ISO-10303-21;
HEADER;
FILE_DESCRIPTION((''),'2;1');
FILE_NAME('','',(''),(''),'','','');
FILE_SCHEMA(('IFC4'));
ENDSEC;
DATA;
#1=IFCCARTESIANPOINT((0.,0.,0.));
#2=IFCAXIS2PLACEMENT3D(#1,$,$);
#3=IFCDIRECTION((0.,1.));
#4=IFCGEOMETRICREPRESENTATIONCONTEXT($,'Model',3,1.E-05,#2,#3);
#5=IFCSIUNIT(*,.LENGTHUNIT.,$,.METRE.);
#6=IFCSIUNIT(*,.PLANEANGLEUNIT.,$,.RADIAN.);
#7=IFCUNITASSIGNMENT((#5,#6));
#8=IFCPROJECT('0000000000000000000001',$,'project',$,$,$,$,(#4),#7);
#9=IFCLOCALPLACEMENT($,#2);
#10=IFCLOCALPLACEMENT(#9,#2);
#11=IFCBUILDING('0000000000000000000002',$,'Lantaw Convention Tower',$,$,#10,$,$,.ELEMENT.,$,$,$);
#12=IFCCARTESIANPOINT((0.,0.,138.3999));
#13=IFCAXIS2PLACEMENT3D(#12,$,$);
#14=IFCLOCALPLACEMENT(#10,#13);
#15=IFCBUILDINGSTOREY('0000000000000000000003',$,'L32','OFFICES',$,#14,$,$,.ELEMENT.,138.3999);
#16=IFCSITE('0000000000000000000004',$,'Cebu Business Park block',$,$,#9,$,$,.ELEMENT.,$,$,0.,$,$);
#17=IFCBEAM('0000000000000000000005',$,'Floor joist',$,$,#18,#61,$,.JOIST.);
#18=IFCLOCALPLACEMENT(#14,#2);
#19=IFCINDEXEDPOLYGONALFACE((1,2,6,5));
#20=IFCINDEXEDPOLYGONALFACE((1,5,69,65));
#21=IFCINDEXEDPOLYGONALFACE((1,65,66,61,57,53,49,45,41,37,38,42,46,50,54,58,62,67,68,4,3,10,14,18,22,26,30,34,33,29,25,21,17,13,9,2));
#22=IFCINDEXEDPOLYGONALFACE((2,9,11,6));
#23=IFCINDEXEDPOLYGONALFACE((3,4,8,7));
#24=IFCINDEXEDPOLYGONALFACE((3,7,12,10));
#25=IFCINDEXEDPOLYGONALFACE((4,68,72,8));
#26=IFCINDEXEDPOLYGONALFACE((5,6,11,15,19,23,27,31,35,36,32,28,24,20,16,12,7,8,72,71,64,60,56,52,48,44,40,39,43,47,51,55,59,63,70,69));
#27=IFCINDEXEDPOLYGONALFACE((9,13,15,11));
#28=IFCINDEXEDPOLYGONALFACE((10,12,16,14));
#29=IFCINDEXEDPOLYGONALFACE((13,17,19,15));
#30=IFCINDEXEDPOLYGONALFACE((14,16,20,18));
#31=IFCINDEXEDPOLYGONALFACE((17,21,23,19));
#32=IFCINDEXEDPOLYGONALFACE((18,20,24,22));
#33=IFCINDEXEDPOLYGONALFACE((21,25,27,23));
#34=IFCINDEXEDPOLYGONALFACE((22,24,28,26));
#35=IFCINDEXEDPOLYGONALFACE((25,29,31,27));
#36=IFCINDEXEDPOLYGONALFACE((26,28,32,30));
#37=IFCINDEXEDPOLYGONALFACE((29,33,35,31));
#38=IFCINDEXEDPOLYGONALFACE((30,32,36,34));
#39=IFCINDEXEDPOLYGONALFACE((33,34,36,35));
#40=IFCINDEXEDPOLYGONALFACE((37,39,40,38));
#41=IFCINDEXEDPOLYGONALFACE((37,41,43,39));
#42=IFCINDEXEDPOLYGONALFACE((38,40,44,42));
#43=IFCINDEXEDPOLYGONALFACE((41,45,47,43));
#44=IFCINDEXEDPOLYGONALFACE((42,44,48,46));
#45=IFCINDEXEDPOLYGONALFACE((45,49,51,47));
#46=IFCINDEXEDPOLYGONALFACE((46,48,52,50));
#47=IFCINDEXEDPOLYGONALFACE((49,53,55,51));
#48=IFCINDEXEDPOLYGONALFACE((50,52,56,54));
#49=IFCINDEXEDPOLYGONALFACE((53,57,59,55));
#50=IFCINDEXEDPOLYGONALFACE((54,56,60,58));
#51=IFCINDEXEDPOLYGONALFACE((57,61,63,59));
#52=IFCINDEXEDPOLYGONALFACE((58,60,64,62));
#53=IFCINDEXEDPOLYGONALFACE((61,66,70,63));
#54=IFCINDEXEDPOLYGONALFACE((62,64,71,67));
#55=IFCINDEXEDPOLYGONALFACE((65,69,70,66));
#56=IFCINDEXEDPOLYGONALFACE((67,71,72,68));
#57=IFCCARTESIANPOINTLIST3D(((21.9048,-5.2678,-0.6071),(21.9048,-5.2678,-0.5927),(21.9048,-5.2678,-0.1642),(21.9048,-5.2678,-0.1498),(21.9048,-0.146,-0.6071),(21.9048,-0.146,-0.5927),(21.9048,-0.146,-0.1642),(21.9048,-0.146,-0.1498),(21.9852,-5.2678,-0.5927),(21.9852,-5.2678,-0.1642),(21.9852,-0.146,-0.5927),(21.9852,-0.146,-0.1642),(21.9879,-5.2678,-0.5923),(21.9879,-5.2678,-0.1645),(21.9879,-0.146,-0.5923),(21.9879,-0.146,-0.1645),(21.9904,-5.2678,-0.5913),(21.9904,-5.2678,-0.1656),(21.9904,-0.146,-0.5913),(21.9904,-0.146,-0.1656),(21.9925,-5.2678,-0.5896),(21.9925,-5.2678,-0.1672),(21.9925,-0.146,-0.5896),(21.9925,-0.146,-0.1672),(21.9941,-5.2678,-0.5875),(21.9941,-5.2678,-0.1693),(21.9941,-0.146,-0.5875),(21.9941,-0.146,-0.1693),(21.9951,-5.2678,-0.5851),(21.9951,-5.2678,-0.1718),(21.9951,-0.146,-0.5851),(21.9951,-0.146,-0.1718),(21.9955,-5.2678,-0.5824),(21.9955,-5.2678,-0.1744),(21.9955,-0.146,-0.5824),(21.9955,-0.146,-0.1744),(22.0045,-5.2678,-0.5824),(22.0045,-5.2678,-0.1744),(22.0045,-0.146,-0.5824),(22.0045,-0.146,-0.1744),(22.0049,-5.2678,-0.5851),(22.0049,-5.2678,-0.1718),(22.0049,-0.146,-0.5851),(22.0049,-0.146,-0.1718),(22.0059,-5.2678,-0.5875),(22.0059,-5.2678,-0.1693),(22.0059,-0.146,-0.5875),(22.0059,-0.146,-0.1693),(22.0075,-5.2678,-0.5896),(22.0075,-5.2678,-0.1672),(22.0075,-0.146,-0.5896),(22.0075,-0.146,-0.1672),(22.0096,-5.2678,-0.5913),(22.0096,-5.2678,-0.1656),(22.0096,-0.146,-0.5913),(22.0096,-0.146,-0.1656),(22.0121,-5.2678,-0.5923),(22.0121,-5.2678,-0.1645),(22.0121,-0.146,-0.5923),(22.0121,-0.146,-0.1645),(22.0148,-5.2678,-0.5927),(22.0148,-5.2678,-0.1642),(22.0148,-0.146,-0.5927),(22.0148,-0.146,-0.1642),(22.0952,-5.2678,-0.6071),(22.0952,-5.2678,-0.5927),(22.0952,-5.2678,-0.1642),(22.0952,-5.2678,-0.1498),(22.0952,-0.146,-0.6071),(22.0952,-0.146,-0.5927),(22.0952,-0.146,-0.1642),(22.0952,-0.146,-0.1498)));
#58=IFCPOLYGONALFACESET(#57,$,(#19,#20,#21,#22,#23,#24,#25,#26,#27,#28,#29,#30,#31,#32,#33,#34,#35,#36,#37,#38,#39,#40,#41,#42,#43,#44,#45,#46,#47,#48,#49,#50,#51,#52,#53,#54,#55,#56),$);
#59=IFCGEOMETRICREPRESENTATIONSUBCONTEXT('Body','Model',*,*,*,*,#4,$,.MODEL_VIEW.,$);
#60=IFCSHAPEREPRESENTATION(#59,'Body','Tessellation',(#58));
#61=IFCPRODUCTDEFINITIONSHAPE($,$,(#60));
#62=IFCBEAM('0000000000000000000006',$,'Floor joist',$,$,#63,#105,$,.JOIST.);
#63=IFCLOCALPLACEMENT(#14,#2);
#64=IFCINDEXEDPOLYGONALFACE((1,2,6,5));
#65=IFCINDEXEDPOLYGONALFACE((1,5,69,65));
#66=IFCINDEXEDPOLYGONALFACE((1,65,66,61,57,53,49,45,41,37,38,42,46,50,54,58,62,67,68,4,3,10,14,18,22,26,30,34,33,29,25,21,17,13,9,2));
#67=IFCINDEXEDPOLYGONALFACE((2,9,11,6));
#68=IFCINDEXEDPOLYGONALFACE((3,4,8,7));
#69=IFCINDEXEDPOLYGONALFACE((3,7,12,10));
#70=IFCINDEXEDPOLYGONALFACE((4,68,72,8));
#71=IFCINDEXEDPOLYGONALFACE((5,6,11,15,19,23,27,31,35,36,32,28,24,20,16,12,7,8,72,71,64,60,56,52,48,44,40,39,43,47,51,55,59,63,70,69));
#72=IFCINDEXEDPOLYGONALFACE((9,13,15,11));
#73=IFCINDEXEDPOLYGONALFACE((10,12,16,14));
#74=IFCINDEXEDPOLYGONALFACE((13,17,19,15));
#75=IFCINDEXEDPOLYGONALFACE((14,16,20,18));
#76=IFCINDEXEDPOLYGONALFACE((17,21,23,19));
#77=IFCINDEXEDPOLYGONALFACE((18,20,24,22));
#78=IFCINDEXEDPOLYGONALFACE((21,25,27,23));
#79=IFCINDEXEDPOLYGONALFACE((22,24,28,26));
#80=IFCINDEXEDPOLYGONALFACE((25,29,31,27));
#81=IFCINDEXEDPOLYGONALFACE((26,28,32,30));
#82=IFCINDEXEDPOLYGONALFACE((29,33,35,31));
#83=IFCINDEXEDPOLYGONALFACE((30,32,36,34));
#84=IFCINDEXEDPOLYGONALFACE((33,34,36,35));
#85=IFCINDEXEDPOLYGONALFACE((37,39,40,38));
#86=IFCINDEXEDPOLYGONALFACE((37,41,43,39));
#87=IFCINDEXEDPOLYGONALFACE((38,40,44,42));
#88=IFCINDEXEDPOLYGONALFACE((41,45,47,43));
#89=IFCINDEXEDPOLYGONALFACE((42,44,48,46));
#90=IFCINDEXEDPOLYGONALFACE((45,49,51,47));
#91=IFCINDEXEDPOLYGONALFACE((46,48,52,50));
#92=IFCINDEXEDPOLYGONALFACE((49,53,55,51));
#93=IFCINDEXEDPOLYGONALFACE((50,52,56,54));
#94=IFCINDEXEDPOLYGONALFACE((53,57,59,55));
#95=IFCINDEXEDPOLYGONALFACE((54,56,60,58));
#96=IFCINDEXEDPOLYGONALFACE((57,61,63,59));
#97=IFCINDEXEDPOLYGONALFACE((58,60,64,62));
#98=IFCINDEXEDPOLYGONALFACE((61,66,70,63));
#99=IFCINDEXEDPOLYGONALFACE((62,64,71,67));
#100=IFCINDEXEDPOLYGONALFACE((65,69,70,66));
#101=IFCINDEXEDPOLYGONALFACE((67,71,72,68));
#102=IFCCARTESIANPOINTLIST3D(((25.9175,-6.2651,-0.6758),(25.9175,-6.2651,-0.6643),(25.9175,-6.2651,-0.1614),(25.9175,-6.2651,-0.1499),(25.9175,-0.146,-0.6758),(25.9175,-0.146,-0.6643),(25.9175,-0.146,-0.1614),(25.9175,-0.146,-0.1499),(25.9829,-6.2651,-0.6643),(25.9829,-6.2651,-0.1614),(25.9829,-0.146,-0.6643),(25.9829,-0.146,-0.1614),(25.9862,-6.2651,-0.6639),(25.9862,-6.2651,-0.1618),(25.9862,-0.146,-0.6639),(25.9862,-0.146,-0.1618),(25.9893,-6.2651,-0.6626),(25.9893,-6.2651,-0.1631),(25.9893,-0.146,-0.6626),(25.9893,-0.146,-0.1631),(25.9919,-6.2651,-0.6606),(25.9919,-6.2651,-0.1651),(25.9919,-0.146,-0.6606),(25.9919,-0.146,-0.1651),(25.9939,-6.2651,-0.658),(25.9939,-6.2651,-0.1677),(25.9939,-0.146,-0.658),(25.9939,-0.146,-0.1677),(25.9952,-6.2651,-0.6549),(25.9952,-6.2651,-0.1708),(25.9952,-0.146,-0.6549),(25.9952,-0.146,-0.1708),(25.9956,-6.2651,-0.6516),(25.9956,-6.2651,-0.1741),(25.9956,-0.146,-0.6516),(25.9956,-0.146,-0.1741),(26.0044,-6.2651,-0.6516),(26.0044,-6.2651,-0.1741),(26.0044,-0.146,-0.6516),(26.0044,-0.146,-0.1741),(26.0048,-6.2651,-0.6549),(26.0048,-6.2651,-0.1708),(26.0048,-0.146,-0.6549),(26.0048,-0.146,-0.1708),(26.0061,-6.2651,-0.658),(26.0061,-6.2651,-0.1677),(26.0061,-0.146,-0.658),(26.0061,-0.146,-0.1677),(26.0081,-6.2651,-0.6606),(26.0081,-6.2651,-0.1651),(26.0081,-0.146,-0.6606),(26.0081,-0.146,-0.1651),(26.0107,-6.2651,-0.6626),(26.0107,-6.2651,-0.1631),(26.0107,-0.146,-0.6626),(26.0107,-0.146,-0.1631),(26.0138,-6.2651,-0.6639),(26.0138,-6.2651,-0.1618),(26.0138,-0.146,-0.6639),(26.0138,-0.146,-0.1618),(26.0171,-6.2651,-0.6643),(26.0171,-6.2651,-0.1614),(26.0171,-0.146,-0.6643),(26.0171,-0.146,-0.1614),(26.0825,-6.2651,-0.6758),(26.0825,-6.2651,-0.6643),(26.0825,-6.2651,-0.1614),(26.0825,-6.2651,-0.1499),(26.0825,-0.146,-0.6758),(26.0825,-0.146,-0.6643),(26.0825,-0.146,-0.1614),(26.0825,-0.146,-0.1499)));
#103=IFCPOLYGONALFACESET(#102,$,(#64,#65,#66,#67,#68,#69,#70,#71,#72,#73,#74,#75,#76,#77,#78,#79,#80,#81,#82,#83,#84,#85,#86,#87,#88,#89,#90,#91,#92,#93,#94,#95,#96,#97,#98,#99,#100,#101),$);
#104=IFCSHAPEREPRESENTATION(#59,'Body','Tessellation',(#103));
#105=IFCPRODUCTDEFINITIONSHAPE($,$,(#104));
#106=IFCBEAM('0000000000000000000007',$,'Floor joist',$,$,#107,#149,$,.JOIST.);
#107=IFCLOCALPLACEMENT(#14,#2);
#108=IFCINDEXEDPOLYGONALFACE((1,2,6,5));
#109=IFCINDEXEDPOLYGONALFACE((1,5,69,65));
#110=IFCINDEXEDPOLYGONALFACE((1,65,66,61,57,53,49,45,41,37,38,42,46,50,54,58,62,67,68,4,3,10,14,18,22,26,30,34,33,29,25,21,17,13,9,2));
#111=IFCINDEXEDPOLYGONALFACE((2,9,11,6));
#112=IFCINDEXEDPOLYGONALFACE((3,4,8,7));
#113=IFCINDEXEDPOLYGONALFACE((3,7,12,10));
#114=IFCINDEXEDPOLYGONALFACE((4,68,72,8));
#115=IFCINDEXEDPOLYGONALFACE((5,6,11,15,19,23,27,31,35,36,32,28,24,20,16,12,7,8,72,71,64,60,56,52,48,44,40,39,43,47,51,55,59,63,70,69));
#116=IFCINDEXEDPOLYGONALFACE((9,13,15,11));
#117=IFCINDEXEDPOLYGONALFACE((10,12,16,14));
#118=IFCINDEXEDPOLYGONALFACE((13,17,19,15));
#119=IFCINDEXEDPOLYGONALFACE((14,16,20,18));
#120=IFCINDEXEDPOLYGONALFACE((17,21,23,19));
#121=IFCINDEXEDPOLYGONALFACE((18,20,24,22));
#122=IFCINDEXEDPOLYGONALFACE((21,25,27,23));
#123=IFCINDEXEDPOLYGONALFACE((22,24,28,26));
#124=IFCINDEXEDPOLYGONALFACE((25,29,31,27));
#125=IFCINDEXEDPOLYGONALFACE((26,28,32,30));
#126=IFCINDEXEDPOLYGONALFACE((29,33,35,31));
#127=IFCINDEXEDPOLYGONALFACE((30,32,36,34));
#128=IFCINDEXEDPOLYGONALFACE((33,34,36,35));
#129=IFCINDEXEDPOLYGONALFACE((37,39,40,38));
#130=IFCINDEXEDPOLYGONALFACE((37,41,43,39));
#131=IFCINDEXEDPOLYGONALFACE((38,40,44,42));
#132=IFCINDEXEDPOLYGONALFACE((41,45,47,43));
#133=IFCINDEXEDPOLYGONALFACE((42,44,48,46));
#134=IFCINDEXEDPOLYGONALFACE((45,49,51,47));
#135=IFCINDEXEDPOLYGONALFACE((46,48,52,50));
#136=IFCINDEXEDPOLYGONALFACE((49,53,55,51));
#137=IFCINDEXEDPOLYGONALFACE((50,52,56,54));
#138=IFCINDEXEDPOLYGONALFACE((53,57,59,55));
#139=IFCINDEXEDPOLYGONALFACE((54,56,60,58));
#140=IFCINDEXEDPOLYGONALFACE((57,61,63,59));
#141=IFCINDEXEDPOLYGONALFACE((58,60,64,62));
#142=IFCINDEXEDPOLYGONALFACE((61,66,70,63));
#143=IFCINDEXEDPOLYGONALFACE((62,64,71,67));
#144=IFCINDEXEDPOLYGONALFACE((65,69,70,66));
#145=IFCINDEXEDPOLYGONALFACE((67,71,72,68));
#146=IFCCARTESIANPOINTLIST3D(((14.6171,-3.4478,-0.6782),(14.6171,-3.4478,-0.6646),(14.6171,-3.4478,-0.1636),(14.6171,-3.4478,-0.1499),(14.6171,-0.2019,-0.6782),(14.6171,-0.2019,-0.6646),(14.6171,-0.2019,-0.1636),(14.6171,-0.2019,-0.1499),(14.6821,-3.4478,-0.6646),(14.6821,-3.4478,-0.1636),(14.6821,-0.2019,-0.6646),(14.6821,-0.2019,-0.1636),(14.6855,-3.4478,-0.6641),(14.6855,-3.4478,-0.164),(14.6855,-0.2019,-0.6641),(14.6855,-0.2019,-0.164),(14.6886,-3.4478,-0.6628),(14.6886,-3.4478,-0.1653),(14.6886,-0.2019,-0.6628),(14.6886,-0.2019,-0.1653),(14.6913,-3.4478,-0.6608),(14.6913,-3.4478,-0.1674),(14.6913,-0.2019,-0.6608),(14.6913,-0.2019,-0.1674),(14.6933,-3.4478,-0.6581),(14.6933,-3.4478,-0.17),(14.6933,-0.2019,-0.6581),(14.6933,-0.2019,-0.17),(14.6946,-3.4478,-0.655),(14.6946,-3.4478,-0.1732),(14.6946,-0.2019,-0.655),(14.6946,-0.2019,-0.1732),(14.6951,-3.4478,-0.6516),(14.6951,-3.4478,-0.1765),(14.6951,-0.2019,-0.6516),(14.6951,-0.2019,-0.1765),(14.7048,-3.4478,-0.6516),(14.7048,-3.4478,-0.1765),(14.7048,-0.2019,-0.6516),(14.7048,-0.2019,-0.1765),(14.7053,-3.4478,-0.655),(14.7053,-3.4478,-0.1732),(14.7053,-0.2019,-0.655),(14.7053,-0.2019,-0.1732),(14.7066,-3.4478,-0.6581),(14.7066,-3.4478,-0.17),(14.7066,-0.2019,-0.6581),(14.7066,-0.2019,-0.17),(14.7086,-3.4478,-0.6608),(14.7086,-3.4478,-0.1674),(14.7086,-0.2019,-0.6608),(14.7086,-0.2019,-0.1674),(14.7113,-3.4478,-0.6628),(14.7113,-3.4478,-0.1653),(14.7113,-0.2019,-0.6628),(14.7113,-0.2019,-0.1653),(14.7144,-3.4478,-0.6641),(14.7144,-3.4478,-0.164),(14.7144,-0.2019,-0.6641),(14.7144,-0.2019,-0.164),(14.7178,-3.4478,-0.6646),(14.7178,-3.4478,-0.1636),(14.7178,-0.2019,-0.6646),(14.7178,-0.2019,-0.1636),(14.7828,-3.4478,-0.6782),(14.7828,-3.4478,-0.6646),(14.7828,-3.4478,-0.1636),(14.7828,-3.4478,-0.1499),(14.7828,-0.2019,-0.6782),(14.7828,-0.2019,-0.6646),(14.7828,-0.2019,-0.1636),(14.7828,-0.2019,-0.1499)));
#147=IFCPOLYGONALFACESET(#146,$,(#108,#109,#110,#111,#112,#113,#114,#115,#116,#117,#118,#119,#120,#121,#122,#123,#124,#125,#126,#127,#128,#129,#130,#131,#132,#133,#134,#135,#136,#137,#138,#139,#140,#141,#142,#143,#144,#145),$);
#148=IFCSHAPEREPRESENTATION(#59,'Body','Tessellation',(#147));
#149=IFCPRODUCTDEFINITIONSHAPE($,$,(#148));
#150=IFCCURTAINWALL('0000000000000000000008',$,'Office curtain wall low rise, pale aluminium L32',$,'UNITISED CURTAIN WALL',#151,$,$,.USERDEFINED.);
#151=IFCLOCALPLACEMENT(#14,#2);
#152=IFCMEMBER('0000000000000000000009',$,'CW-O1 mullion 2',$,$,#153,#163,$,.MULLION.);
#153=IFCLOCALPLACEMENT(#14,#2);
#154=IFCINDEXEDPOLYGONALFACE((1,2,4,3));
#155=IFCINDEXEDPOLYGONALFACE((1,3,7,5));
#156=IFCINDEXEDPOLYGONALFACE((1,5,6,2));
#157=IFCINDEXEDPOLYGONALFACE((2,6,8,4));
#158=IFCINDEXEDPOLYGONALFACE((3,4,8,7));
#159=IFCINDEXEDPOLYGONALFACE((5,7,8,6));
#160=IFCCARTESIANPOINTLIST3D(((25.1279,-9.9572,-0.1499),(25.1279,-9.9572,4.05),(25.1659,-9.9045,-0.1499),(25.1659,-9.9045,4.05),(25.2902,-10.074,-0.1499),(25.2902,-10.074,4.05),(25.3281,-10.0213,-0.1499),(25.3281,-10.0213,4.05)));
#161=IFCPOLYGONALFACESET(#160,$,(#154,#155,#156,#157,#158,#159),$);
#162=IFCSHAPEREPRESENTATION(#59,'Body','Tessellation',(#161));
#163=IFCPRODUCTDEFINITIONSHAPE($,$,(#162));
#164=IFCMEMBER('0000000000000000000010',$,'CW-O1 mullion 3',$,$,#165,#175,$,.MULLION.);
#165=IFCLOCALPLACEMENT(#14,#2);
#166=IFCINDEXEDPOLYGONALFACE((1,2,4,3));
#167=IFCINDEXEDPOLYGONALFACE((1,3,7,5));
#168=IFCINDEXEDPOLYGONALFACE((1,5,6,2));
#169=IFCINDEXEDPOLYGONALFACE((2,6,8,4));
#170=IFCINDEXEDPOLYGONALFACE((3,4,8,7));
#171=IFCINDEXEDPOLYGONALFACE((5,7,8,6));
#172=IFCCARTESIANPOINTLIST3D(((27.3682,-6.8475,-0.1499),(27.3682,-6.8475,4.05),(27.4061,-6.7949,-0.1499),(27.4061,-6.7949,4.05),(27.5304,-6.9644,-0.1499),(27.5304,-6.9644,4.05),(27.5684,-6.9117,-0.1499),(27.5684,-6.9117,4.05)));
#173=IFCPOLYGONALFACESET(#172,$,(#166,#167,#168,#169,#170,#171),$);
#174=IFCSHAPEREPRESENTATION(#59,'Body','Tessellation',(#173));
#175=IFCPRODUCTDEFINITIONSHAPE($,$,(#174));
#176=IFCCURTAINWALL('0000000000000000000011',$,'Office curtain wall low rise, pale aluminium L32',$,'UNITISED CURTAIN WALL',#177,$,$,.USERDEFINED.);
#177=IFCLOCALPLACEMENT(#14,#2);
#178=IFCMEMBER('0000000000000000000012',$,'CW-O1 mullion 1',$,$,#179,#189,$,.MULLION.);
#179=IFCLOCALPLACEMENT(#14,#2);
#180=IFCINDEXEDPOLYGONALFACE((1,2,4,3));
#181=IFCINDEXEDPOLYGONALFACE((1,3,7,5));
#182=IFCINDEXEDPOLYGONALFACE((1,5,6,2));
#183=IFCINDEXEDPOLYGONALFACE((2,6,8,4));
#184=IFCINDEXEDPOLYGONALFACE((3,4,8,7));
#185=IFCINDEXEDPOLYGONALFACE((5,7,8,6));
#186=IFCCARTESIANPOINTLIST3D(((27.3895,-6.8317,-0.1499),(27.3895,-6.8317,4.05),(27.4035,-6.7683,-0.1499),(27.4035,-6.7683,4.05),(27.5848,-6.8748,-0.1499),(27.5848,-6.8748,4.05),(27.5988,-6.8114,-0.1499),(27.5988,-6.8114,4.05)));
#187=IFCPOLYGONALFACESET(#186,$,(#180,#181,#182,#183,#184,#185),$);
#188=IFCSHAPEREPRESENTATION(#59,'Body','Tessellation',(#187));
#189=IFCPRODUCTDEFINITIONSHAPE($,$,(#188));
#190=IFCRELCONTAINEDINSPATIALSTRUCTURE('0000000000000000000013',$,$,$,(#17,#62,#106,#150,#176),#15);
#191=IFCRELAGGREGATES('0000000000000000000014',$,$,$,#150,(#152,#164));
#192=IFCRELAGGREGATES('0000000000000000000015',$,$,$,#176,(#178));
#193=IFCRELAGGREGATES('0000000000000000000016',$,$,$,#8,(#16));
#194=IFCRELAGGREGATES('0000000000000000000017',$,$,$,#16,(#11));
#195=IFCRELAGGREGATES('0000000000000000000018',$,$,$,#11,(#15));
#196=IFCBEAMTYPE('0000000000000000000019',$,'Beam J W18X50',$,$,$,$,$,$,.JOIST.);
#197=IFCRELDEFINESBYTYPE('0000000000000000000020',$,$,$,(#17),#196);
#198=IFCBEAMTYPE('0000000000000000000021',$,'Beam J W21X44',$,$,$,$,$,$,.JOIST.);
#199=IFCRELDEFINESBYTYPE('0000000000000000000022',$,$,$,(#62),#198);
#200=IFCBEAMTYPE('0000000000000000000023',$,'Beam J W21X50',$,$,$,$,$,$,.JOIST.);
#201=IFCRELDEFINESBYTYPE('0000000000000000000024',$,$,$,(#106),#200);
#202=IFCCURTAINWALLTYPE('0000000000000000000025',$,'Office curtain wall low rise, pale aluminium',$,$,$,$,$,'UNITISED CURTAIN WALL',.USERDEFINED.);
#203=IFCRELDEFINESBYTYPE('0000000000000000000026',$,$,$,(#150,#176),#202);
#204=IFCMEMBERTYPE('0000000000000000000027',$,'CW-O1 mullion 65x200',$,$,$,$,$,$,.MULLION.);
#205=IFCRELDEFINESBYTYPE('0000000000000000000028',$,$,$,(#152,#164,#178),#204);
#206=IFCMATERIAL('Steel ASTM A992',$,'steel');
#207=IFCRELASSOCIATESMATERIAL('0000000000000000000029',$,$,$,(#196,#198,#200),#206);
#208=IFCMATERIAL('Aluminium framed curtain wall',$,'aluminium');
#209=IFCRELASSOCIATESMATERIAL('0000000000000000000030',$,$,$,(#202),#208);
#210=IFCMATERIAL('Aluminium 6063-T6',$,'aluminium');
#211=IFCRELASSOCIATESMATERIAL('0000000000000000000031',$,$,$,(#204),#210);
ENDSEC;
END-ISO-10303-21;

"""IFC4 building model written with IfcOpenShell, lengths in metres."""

from ifc_helpers import new_model, si_unit, direction, frame, origin, origin_2d, place, context, subcontext, project, spatial, rectangle, i_section, extrude, material, material_profile, profile_set, type_object, element, aggregate, save


model = new_model("IFC4")

# Units and contexts
model_context = context("Model", 3, precision=1e-05, world=origin(), true_north=direction((0.0, 1.0)))
body_context = subcontext(model_context, "Body", "Model", "MODEL_VIEW")
ifc_project = project(units=[si_unit("LENGTHUNIT", "METRE"), si_unit("PLANEANGLEUNIT", "RADIAN")], contexts=[model_context])

# Site, building, storey
site_placement = place(None, origin())
site = spatial("IfcSite", under=ifc_project, at=site_placement, Name="Cebu Business Park block", CompositionType="ELEMENT", RefElevation=0.0)
building_placement = place(site_placement, origin())
building = spatial("IfcBuilding", under=site, at=building_placement, Name="Lantaw Convention Tower", CompositionType="ELEMENT")
storey_placement = place(building_placement, frame((0.0, 0.0, 138.3999)))
storey = spatial("IfcBuildingStorey", under=building, at=storey_placement, Name="L32", Description="OFFICES", CompositionType="ELEMENT", Elevation=138.3999)

# Beams
ifc_material_1 = material(Name="Steel ASTM A992", Category="steel")
ifc_material_profile_1 = material_profile(ifc_material_1, i_section(OverallWidth=0.1904, OverallDepth=0.4573, WebThickness=0.009, FlangeThickness=0.0144, FilletRadius=0.0103, at=origin_2d()), Name="W18X50")
ifc_profile_set_1 = profile_set([ifc_material_profile_1], Name="Steel ASTM A992")
beam_type_1 = type_object("IfcBeamType", Name="Beam J W18X50", PredefinedType="JOIST", material=ifc_profile_set_1)
beam_1_placement = place(storey_placement, frame((22.0, -5.2678, -0.3784), z_axis=(0.0, 1.0, 0.0), x_axis=(-1.0, 0.0, 0.0)))
element("IfcBeam", 1, at=beam_1_placement, inside=storey, type_object=beam_type_1, Name="Floor joist", PredefinedType="JOIST", context=body_context, shape_type="SweptSolid", body=[
    extrude(i_section(OverallWidth=0.1904, OverallDepth=0.4573, WebThickness=0.009, FlangeThickness=0.0144, FilletRadius=0.0103, at=origin_2d()), origin(), (0.0, 0.0, 1.0), 5.1218),
])
ifc_material_profile_2 = material_profile(ifc_material_1, i_section(OverallWidth=0.165, OverallDepth=0.5259, WebThickness=0.0088, FlangeThickness=0.0115, FilletRadius=0.0127, at=origin_2d()), Name="W21X44")
ifc_profile_set_2 = profile_set([ifc_material_profile_2], Name="Steel ASTM A992")
beam_type_2 = type_object("IfcBeamType", Name="Beam J W21X44", PredefinedType="JOIST", material=ifc_profile_set_2)
beam_2_placement = place(storey_placement, frame((26.0, -6.2651, -0.4128), z_axis=(0.0, 1.0, 0.0), x_axis=(-1.0, 0.0, 0.0)))
element("IfcBeam", 2, at=beam_2_placement, inside=storey, type_object=beam_type_2, Name="Floor joist", PredefinedType="JOIST", context=body_context, shape_type="SweptSolid", body=[
    extrude(i_section(OverallWidth=0.165, OverallDepth=0.5259, WebThickness=0.0088, FlangeThickness=0.0115, FilletRadius=0.0127, at=origin_2d()), origin(), (0.0, 0.0, 1.0), 6.1191),
])
ifc_material_profile_3 = material_profile(ifc_material_1, i_section(OverallWidth=0.1658, OverallDepth=0.5283, WebThickness=0.0098, FlangeThickness=0.0137, FilletRadius=0.0129, at=origin_2d()), Name="W21X50")
ifc_profile_set_3 = profile_set([ifc_material_profile_3], Name="Steel ASTM A992")
beam_type_3 = type_object("IfcBeamType", Name="Beam J W21X50", PredefinedType="JOIST", material=ifc_profile_set_3)
beam_3_placement = place(storey_placement, frame((14.7, -3.4478, -0.4141), z_axis=(0.0, 1.0, 0.0), x_axis=(-1.0, 0.0, 0.0)))
element("IfcBeam", 3, at=beam_3_placement, inside=storey, type_object=beam_type_3, Name="Floor joist", PredefinedType="JOIST", context=body_context, shape_type="SweptSolid", body=[
    extrude(i_section(OverallWidth=0.1658, OverallDepth=0.5283, WebThickness=0.0098, FlangeThickness=0.0137, FilletRadius=0.0129, at=origin_2d()), origin(), (0.0, 0.0, 1.0), 3.2458),
])

# Curtain walls, members
ifc_material_2 = material(Name="Aluminium framed curtain wall", Category="aluminium")
curtain_wall_type = type_object("IfcCurtainWallType", Name="Office curtain wall low rise, pale aluminium", ElementType="UNITISED CURTAIN WALL", PredefinedType="USERDEFINED", material=ifc_material_2)
curtain_wall_1_placement = place(storey_placement, origin())
curtain_wall_1 = element("IfcCurtainWall", 4, at=curtain_wall_1_placement, inside=storey, type_object=curtain_wall_type, Name="Office curtain wall low rise, pale aluminium L32", ObjectType="UNITISED CURTAIN WALL", PredefinedType="USERDEFINED")
ifc_material_3 = material(Name="Aluminium 6063-T6", Category="aluminium")
ifc_material_profile_4 = material_profile(ifc_material_3, rectangle(XDim=0.2, YDim=0.0649, at=origin_2d()), Name="CW-O1 mullion 65x200")
ifc_profile_set_4 = profile_set([ifc_material_profile_4], Name="Aluminium 6063-T6")
member_type_1 = type_object("IfcMemberType", Name="CW-O1 mullion 65x200", PredefinedType="MULLION", material=ifc_profile_set_4)
member_1_placement = place(storey_placement, frame((25.228, -9.9893, -0.1499), z_axis=(0.0, 0.0, 1.0), x_axis=(-0.811385, 0.584513, 0.0)))
member_1 = element("IfcMember", 5, at=member_1_placement, type_object=member_type_1, Name="CW-O1 mullion 2", PredefinedType="MULLION", context=body_context, shape_type="SweptSolid", body=[
    extrude(rectangle(XDim=0.2, YDim=0.0649, at=origin_2d()), origin(), (0.0, 0.0, 1.0), 4.2),
])
member_2_placement = place(storey_placement, frame((27.4683, -6.8796, -0.1499), z_axis=(0.0, 0.0, 1.0), x_axis=(-0.811385, 0.584513, 0.0)))
member_2 = element("IfcMember", 6, at=member_2_placement, type_object=member_type_1, Name="CW-O1 mullion 3", PredefinedType="MULLION", context=body_context, shape_type="SweptSolid", body=[
    extrude(rectangle(XDim=0.2, YDim=0.0649, at=origin_2d()), origin(), (0.0, 0.0, 1.0), 4.2),
])
curtain_wall_2_placement = place(storey_placement, origin())
curtain_wall_2 = element("IfcCurtainWall", 7, at=curtain_wall_2_placement, inside=storey, type_object=curtain_wall_type, Name="Office curtain wall low rise, pale aluminium L32", ObjectType="UNITISED CURTAIN WALL", PredefinedType="USERDEFINED")
member_3_placement = place(storey_placement, frame((27.4941, -6.8215, -0.1499), z_axis=(0.0, 0.0, 1.0), x_axis=(-0.976494, 0.215546, 0.0)))
member_3 = element("IfcMember", 8, at=member_3_placement, type_object=member_type_1, Name="CW-O1 mullion 1", PredefinedType="MULLION", context=body_context, shape_type="SweptSolid", body=[
    extrude(rectangle(XDim=0.2, YDim=0.0649, at=origin_2d()), origin(), (0.0, 0.0, 1.0), 4.2),
])

aggregate(curtain_wall_1, [member_1, member_2])
aggregate(curtain_wall_2, [member_3])

save(model, "model.ifc")
